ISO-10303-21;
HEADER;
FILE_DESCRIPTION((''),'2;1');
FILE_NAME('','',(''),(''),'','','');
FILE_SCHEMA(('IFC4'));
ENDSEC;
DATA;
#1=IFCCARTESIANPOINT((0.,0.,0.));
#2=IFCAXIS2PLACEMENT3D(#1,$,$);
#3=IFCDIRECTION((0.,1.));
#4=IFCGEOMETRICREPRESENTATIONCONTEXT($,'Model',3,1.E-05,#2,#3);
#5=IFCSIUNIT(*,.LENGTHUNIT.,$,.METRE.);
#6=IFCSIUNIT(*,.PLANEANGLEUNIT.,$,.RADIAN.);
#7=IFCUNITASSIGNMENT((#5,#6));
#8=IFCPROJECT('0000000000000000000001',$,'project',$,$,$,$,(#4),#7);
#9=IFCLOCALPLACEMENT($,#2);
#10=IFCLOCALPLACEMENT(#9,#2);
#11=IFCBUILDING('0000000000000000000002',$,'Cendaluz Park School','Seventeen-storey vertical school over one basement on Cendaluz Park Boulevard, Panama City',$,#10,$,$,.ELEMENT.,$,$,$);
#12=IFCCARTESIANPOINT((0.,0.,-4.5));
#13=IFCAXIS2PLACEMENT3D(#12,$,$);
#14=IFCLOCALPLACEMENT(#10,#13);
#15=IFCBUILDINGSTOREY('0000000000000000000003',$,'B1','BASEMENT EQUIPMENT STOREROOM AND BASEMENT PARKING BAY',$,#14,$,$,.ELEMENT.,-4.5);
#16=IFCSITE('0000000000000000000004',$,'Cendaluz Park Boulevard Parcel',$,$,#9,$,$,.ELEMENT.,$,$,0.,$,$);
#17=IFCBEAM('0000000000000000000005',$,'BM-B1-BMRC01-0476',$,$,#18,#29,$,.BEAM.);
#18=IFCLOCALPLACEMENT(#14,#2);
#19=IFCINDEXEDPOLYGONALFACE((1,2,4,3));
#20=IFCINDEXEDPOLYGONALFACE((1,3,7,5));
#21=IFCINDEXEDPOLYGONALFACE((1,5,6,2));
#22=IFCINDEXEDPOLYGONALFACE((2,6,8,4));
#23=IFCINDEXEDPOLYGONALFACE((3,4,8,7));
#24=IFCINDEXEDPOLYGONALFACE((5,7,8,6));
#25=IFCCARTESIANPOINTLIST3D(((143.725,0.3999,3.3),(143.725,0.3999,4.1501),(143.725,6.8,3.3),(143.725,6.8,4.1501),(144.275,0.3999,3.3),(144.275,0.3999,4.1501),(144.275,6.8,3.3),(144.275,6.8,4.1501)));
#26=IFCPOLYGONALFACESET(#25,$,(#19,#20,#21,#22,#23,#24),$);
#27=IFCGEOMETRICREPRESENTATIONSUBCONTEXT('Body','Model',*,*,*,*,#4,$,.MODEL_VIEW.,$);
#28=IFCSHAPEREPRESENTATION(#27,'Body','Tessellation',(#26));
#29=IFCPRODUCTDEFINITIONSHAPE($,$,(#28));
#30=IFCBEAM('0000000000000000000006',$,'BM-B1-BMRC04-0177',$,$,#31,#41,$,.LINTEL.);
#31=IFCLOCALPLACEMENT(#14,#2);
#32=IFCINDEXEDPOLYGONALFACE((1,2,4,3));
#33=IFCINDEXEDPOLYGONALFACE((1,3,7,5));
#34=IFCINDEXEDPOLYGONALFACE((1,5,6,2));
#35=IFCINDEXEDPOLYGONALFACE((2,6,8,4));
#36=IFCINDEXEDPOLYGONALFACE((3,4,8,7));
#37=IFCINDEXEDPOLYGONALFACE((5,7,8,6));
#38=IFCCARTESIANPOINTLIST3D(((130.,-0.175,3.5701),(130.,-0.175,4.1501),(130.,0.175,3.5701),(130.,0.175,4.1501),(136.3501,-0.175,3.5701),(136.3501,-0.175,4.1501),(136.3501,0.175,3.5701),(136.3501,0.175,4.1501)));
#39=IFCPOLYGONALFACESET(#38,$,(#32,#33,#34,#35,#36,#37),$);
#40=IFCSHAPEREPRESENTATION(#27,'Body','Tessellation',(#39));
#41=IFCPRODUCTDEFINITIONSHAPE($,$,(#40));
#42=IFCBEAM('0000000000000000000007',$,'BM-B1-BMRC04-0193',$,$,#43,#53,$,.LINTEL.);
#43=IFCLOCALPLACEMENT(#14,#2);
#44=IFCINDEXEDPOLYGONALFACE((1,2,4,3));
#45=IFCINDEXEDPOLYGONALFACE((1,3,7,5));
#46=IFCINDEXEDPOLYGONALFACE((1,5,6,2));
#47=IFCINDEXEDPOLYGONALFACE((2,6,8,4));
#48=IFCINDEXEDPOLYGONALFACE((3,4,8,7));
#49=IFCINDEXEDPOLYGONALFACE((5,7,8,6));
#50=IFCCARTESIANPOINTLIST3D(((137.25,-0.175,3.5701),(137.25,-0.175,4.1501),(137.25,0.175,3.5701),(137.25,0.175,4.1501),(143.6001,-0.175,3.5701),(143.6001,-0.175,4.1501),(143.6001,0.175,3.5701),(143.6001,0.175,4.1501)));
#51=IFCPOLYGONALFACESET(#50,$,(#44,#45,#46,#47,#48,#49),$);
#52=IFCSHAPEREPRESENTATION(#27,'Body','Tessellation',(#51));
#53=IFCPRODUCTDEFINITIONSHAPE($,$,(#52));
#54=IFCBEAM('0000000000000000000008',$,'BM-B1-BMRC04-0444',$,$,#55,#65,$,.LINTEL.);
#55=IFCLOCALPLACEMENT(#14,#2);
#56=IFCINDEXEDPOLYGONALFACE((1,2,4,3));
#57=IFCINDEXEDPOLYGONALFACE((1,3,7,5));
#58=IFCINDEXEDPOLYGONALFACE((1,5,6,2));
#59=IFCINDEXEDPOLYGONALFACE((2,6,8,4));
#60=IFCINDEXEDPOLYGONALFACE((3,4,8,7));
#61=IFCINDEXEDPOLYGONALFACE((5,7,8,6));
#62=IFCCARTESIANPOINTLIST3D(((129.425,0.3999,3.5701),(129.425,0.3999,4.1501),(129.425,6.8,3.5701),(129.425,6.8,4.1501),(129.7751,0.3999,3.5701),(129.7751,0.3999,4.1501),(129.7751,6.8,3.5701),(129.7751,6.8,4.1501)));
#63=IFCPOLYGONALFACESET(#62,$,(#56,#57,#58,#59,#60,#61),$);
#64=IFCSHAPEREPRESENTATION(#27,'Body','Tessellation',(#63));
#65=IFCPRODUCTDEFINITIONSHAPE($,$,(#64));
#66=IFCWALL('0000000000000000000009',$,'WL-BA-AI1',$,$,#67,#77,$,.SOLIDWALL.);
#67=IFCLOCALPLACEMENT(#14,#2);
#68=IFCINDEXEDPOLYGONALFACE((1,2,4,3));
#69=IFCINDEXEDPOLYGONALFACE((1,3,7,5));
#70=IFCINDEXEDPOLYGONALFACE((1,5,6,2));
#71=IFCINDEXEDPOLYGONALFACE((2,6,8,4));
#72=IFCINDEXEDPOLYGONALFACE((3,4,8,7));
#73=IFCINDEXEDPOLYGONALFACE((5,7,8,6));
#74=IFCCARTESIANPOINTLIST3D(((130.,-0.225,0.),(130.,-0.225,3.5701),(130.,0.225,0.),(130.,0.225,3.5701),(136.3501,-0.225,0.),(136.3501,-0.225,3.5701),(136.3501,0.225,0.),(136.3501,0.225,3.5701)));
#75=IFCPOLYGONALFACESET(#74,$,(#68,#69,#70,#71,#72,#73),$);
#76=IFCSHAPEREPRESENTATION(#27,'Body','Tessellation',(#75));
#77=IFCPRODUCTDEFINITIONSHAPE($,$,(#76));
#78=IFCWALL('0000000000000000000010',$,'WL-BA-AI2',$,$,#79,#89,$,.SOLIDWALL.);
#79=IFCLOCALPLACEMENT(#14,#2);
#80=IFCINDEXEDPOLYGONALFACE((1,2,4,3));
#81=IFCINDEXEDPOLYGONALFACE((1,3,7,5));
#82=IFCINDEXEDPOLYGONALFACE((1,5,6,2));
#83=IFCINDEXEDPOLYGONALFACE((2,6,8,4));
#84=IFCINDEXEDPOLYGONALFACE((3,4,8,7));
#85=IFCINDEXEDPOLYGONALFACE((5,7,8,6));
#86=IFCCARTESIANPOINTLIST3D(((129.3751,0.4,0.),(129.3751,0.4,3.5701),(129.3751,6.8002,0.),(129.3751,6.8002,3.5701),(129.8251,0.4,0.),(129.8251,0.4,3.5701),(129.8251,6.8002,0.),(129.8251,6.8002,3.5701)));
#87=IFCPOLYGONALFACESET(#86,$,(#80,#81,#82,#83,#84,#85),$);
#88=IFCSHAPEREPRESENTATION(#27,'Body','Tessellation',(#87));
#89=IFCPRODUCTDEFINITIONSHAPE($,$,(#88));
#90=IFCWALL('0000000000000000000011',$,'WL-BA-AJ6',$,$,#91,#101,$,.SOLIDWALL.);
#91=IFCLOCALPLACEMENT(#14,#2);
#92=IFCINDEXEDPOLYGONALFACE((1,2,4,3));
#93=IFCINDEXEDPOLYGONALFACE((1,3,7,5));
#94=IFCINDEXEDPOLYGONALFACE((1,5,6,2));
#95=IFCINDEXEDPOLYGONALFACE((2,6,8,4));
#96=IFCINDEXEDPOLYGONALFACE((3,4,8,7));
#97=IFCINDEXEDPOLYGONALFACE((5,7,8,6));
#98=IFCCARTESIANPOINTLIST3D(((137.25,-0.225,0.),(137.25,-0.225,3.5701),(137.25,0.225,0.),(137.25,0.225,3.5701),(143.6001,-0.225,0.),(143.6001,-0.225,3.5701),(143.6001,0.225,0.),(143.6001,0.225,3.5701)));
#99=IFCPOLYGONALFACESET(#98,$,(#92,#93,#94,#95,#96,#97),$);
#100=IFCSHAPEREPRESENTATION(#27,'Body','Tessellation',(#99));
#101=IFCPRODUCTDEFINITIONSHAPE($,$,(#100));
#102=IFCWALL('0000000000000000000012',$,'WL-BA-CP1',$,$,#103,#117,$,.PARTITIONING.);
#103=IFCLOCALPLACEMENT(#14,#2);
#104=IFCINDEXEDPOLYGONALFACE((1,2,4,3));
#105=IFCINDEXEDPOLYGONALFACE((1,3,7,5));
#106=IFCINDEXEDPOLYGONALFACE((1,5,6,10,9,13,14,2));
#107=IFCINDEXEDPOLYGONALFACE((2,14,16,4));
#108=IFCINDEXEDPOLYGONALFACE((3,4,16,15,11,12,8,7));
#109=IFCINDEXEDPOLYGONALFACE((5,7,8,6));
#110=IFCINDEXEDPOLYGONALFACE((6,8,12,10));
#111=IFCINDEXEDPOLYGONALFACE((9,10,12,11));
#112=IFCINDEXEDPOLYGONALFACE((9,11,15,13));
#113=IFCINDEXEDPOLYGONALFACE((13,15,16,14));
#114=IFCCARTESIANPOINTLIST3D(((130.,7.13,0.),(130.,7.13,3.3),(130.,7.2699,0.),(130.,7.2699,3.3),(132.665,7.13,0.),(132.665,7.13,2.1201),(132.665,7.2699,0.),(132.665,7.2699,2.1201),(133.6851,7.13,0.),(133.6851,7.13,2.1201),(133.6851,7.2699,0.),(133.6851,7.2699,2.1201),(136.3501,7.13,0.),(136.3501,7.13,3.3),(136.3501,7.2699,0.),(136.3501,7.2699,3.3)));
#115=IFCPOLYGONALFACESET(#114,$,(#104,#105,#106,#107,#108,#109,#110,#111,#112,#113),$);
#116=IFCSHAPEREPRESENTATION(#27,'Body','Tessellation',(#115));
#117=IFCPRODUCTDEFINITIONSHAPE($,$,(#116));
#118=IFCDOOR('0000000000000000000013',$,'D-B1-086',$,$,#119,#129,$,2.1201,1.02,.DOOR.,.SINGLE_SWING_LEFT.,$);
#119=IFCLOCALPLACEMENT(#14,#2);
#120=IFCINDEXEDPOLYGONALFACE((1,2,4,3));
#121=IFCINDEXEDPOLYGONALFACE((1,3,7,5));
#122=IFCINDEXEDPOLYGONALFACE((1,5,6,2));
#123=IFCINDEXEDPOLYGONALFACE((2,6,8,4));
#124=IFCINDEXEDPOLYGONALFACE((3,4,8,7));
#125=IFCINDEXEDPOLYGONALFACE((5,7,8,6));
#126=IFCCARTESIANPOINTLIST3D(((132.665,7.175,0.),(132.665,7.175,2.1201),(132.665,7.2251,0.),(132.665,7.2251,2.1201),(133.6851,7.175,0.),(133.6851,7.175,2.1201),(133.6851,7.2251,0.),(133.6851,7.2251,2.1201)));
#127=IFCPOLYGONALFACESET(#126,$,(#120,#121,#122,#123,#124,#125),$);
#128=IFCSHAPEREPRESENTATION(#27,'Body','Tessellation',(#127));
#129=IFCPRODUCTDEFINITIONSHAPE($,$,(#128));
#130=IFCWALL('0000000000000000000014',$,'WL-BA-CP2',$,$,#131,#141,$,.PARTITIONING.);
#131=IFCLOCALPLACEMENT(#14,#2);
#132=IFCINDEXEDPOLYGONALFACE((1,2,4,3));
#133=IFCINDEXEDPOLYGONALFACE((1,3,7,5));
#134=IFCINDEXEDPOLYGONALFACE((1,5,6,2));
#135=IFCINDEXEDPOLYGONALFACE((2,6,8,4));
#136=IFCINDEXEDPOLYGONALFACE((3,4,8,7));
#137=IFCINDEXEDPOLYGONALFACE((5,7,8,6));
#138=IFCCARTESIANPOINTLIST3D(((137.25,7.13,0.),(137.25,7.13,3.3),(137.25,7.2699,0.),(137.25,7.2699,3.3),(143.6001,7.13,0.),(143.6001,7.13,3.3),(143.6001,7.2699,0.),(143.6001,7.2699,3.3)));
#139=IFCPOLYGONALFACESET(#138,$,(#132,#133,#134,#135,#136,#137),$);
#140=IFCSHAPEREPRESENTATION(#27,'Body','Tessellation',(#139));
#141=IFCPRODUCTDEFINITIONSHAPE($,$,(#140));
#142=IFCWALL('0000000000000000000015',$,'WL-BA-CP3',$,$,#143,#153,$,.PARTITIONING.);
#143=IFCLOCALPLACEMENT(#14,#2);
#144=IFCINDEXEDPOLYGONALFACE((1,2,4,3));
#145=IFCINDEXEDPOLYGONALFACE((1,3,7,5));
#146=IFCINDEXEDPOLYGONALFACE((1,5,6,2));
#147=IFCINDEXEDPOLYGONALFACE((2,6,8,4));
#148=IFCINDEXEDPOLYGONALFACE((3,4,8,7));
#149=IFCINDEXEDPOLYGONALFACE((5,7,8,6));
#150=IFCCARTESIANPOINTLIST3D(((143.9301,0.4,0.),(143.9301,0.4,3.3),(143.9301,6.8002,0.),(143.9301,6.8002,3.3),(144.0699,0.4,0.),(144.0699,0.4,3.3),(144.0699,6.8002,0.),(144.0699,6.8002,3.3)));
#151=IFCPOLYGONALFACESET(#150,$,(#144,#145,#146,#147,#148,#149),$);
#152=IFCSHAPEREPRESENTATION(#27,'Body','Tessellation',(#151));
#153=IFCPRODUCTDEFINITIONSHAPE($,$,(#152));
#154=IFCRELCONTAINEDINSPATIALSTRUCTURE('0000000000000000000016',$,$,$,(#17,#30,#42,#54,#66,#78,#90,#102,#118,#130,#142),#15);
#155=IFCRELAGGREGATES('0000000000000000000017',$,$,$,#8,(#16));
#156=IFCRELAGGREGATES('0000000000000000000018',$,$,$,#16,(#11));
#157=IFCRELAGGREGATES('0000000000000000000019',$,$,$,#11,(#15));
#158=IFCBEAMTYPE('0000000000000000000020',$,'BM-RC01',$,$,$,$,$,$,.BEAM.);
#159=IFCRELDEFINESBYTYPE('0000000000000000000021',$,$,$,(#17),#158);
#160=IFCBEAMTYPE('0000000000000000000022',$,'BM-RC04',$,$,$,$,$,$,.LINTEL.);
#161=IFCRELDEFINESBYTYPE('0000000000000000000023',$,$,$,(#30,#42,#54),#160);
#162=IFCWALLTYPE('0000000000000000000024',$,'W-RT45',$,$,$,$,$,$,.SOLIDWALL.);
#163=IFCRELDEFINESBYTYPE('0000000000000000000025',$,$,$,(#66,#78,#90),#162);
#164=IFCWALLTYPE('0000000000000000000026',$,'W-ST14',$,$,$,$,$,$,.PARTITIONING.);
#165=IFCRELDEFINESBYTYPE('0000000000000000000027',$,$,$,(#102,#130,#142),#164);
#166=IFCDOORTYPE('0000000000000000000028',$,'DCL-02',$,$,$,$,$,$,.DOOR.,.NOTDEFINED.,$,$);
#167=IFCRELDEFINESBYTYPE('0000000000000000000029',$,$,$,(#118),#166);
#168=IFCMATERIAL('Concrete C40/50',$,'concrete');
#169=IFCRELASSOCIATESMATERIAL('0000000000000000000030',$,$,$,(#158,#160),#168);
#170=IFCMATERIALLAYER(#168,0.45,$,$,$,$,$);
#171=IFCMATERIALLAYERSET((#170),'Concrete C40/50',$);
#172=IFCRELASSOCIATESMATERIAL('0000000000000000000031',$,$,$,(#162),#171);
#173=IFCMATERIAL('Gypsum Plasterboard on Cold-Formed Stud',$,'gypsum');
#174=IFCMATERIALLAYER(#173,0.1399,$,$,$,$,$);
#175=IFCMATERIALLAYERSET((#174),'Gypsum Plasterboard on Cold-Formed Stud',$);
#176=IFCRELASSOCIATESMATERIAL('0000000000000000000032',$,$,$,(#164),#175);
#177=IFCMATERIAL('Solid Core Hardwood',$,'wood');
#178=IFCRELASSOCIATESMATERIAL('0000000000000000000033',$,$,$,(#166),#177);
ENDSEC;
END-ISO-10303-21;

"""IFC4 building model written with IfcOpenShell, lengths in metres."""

from ifc_helpers import new_model, si_unit, direction, frame, frame_2d, origin, origin_2d, place, context, subcontext, project, spatial, rectangle, extrude, material, layer, layer_set, material_profile, profile_set, type_object, element, fill, save


model = new_model("IFC4")

# Units and contexts
model_context = context("Model", 3, precision=1e-05, world=origin(), true_north=direction((0.0, 1.0)))
body_context = subcontext(model_context, "Body", "Model", "MODEL_VIEW")
ifc_project = project(units=[si_unit("LENGTHUNIT", "METRE"), si_unit("PLANEANGLEUNIT", "RADIAN")], contexts=[model_context])

# Site, building, storey
site_placement = place(None, origin())
site = spatial("IfcSite", under=ifc_project, at=site_placement, Name="Cendaluz Park Boulevard Parcel", CompositionType="ELEMENT", RefElevation=0.0)
building_placement = place(site_placement, origin())
building = spatial("IfcBuilding", under=site, at=building_placement, Name="Cendaluz Park School", Description="Seventeen-storey vertical school over one basement on Cendaluz Park Boulevard, Panama City", CompositionType="ELEMENT")
storey_placement = place(building_placement, frame((0.0, 0.0, -4.5)))
storey = spatial("IfcBuildingStorey", under=building, at=storey_placement, Name="B1", Description="BASEMENT EQUIPMENT STOREROOM AND BASEMENT PARKING BAY", CompositionType="ELEMENT", Elevation=-4.5)

# Shared definitions
ifc_material_1 = material(Name="Concrete C40/50", Category="concrete")

# Beams
ifc_material_profile_1 = material_profile(ifc_material_1, rectangle(XDim=0.55, YDim=0.8501, at=origin_2d()), Name="RC 550x850", Category="concrete")
ifc_profile_set_1 = profile_set([ifc_material_profile_1], Name="Concrete C40/50")
beam_type_1 = type_object("IfcBeamType", Name="BM-RC01", PredefinedType="BEAM", material=ifc_profile_set_1)
beam_1_placement = place(storey_placement, frame((144.0, 0.3999, 3.7251), z_axis=(0.0, 1.0, 0.0), x_axis=(-1.0, 0.0, 0.0)))
element("IfcBeam", 1, at=beam_1_placement, inside=storey, type_object=beam_type_1, Name="BM-B1-BMRC01-0476", PredefinedType="BEAM", context=body_context, shape_type="SweptSolid", body=[
    extrude(rectangle(XDim=0.55, YDim=0.8501, at=origin_2d()), origin(), (0.0, 0.0, 1.0), 6.4001),
])
ifc_material_profile_2 = material_profile(ifc_material_1, rectangle(XDim=0.3501, YDim=0.5801, at=origin_2d()), Name="RC 350x580", Category="concrete")
ifc_profile_set_2 = profile_set([ifc_material_profile_2], Name="Concrete C40/50")
beam_type_2 = type_object("IfcBeamType", Name="BM-RC04", PredefinedType="LINTEL", material=ifc_profile_set_2)
for number, where, z_axis, x_axis, name in (
    (2, (130.0, 0.0, 3.8601), (1.0, 0.0, 0.0), (0.0, 1.0, 0.0), "BM-B1-BMRC04-0177"),
    (3, (137.25, 0.0, 3.8601), (1.0, 0.0, 0.0), (0.0, 1.0, 0.0), "BM-B1-BMRC04-0193"),
):
    element("IfcBeam", number, at=place(storey_placement, frame(where, z_axis=z_axis, x_axis=x_axis)), inside=storey, type_object=beam_type_2, Name=name, PredefinedType="LINTEL", context=body_context, shape_type="SweptSolid", body=[
        extrude(rectangle(XDim=0.3501, YDim=0.5801, at=origin_2d()), origin(), (0.0, 0.0, 1.0), 6.3501),
    ])
beam_2_placement = place(storey_placement, frame((129.6001, 0.3999, 3.8601), z_axis=(0.0, 1.0, 0.0), x_axis=(-1.0, 0.0, 0.0)))
element("IfcBeam", 4, at=beam_2_placement, inside=storey, type_object=beam_type_2, Name="BM-B1-BMRC04-0444", PredefinedType="LINTEL", context=body_context, shape_type="SweptSolid", body=[
    extrude(rectangle(XDim=0.3501, YDim=0.5801, at=origin_2d()), origin(), (0.0, 0.0, 1.0), 6.4001),
])

# Walls
ifc_layer_1 = layer(ifc_material_1, 0.45)
ifc_layer_set_1 = layer_set([ifc_layer_1], Name="Concrete C40/50")
wall_type_1 = type_object("IfcWallType", Name="W-RT45", PredefinedType="SOLIDWALL", material=ifc_layer_set_1)
wall_1_placement = place(storey_placement, frame((130.0, 0.0, 0.0), z_axis=(0.0, 0.0, 1.0), x_axis=(1.0, 0.0, 0.0)))
element("IfcWall", 5, at=wall_1_placement, inside=storey, type_object=wall_type_1, Name="WL-BA-AI1", PredefinedType="SOLIDWALL", context=body_context, shape_type="SweptSolid", body=[
    extrude(rectangle(XDim=6.3501, YDim=0.45, at=frame_2d((3.175, 0.0))), origin(), (0.0, 0.0, 1.0), 3.5701),
])
wall_2_placement = place(storey_placement, frame((129.6001, 0.3999, 0.0), z_axis=(0.0, 0.0, 1.0), x_axis=(0.0, 1.0, 0.0)))
element("IfcWall", 6, at=wall_2_placement, inside=storey, type_object=wall_type_1, Name="WL-BA-AI2", PredefinedType="SOLIDWALL", context=body_context, shape_type="SweptSolid", body=[
    extrude(rectangle(XDim=6.4001, YDim=0.45, at=frame_2d((3.2002, 0.0))), origin(), (0.0, 0.0, 1.0), 3.5701),
])
wall_3_placement = place(storey_placement, frame((137.25, 0.0, 0.0), z_axis=(0.0, 0.0, 1.0), x_axis=(1.0, 0.0, 0.0)))
element("IfcWall", 7, at=wall_3_placement, inside=storey, type_object=wall_type_1, Name="WL-BA-AJ6", PredefinedType="SOLIDWALL", context=body_context, shape_type="SweptSolid", body=[
    extrude(rectangle(XDim=6.3501, YDim=0.45, at=frame_2d((3.175, 0.0))), origin(), (0.0, 0.0, 1.0), 3.5701),
])

# Wall, opening, door
ifc_material_2 = material(Name="Gypsum Plasterboard on Cold-Formed Stud", Category="gypsum")
ifc_layer_2 = layer(ifc_material_2, 0.1399)
ifc_layer_set_2 = layer_set([ifc_layer_2], Name="Gypsum Plasterboard on Cold-Formed Stud")
wall_type_2 = type_object("IfcWallType", Name="W-ST14", PredefinedType="PARTITIONING", material=ifc_layer_set_2)
wall_4_placement = place(storey_placement, frame((130.0, 7.2, 0.0), z_axis=(0.0, 0.0, 1.0), x_axis=(1.0, 0.0, 0.0)))
wall_4 = element("IfcWall", 8, at=wall_4_placement, inside=storey, type_object=wall_type_2, Name="WL-BA-CP1", PredefinedType="PARTITIONING", context=body_context, shape_type="SweptSolid", body=[
    extrude(rectangle(XDim=6.3501, YDim=0.1399, at=frame_2d((3.175, 0.0))), origin(), (0.0, 0.0, 1.0), 3.3),
])
opening_placement = place(wall_4_placement, frame((2.665, 0.0, 0.0)))
opening = element("IfcOpeningElement", 9, at=opening_placement, cuts=wall_4, PredefinedType="OPENING", context=body_context, shape_type="SweptSolid", body=[
    extrude(rectangle(XDim=1.02, YDim=2.1201, at=frame_2d((0.51, 1.0601))), frame((0.0, 0.082, 0.0), z_axis=(0.0, -1.0, 0.0), x_axis=(1.0, 0.0, 0.0)), (0.0, 0.0, 1.0), 0.1638),
])
ifc_material_3 = material(Name="Solid Core Hardwood", Category="wood")
door_type = type_object("IfcDoorType", Name="DCL-02", OperationType="NOTDEFINED", PredefinedType="DOOR", material=ifc_material_3)
door_placement = place(opening_placement, frame((1.02, 0.0, 0.0), z_axis=(0.0, 0.0, 1.0), x_axis=(-1.0, 0.0, 0.0)))
door = element("IfcDoor", 10, at=door_placement, inside=storey, type_object=door_type, Name="D-B1-086", OperationType="SINGLE_SWING_LEFT", OverallHeight=2.1201, OverallWidth=1.02, PredefinedType="DOOR", context=body_context, shape_type="SweptSolid", body=[
    extrude(rectangle(XDim=1.02, YDim=2.1201, at=frame_2d((0.51, 1.0601))), frame((0.0, 0.0249, 0.0), z_axis=(0.0, -1.0, 0.0), x_axis=(1.0, 0.0, 0.0)), (0.0, 0.0, 1.0), 0.05),
])
fill(opening, door)

# Walls
wall_5_placement = place(storey_placement, frame((137.25, 7.2, 0.0), z_axis=(0.0, 0.0, 1.0), x_axis=(1.0, 0.0, 0.0)))
element("IfcWall", 11, at=wall_5_placement, inside=storey, type_object=wall_type_2, Name="WL-BA-CP2", PredefinedType="PARTITIONING", context=body_context, shape_type="SweptSolid", body=[
    extrude(rectangle(XDim=6.3501, YDim=0.1399, at=frame_2d((3.175, 0.0))), origin(), (0.0, 0.0, 1.0), 3.3),
])
wall_6_placement = place(storey_placement, frame((144.0, 0.3999, 0.0), z_axis=(0.0, 0.0, 1.0), x_axis=(0.0, 1.0, 0.0)))
element("IfcWall", 12, at=wall_6_placement, inside=storey, type_object=wall_type_2, Name="WL-BA-CP3", PredefinedType="PARTITIONING", context=body_context, shape_type="SweptSolid", body=[
    extrude(rectangle(XDim=6.4001, YDim=0.1399, at=frame_2d((3.2002, 0.0))), origin(), (0.0, 0.0, 1.0), 3.3),
])

save(model, "model.ifc")
